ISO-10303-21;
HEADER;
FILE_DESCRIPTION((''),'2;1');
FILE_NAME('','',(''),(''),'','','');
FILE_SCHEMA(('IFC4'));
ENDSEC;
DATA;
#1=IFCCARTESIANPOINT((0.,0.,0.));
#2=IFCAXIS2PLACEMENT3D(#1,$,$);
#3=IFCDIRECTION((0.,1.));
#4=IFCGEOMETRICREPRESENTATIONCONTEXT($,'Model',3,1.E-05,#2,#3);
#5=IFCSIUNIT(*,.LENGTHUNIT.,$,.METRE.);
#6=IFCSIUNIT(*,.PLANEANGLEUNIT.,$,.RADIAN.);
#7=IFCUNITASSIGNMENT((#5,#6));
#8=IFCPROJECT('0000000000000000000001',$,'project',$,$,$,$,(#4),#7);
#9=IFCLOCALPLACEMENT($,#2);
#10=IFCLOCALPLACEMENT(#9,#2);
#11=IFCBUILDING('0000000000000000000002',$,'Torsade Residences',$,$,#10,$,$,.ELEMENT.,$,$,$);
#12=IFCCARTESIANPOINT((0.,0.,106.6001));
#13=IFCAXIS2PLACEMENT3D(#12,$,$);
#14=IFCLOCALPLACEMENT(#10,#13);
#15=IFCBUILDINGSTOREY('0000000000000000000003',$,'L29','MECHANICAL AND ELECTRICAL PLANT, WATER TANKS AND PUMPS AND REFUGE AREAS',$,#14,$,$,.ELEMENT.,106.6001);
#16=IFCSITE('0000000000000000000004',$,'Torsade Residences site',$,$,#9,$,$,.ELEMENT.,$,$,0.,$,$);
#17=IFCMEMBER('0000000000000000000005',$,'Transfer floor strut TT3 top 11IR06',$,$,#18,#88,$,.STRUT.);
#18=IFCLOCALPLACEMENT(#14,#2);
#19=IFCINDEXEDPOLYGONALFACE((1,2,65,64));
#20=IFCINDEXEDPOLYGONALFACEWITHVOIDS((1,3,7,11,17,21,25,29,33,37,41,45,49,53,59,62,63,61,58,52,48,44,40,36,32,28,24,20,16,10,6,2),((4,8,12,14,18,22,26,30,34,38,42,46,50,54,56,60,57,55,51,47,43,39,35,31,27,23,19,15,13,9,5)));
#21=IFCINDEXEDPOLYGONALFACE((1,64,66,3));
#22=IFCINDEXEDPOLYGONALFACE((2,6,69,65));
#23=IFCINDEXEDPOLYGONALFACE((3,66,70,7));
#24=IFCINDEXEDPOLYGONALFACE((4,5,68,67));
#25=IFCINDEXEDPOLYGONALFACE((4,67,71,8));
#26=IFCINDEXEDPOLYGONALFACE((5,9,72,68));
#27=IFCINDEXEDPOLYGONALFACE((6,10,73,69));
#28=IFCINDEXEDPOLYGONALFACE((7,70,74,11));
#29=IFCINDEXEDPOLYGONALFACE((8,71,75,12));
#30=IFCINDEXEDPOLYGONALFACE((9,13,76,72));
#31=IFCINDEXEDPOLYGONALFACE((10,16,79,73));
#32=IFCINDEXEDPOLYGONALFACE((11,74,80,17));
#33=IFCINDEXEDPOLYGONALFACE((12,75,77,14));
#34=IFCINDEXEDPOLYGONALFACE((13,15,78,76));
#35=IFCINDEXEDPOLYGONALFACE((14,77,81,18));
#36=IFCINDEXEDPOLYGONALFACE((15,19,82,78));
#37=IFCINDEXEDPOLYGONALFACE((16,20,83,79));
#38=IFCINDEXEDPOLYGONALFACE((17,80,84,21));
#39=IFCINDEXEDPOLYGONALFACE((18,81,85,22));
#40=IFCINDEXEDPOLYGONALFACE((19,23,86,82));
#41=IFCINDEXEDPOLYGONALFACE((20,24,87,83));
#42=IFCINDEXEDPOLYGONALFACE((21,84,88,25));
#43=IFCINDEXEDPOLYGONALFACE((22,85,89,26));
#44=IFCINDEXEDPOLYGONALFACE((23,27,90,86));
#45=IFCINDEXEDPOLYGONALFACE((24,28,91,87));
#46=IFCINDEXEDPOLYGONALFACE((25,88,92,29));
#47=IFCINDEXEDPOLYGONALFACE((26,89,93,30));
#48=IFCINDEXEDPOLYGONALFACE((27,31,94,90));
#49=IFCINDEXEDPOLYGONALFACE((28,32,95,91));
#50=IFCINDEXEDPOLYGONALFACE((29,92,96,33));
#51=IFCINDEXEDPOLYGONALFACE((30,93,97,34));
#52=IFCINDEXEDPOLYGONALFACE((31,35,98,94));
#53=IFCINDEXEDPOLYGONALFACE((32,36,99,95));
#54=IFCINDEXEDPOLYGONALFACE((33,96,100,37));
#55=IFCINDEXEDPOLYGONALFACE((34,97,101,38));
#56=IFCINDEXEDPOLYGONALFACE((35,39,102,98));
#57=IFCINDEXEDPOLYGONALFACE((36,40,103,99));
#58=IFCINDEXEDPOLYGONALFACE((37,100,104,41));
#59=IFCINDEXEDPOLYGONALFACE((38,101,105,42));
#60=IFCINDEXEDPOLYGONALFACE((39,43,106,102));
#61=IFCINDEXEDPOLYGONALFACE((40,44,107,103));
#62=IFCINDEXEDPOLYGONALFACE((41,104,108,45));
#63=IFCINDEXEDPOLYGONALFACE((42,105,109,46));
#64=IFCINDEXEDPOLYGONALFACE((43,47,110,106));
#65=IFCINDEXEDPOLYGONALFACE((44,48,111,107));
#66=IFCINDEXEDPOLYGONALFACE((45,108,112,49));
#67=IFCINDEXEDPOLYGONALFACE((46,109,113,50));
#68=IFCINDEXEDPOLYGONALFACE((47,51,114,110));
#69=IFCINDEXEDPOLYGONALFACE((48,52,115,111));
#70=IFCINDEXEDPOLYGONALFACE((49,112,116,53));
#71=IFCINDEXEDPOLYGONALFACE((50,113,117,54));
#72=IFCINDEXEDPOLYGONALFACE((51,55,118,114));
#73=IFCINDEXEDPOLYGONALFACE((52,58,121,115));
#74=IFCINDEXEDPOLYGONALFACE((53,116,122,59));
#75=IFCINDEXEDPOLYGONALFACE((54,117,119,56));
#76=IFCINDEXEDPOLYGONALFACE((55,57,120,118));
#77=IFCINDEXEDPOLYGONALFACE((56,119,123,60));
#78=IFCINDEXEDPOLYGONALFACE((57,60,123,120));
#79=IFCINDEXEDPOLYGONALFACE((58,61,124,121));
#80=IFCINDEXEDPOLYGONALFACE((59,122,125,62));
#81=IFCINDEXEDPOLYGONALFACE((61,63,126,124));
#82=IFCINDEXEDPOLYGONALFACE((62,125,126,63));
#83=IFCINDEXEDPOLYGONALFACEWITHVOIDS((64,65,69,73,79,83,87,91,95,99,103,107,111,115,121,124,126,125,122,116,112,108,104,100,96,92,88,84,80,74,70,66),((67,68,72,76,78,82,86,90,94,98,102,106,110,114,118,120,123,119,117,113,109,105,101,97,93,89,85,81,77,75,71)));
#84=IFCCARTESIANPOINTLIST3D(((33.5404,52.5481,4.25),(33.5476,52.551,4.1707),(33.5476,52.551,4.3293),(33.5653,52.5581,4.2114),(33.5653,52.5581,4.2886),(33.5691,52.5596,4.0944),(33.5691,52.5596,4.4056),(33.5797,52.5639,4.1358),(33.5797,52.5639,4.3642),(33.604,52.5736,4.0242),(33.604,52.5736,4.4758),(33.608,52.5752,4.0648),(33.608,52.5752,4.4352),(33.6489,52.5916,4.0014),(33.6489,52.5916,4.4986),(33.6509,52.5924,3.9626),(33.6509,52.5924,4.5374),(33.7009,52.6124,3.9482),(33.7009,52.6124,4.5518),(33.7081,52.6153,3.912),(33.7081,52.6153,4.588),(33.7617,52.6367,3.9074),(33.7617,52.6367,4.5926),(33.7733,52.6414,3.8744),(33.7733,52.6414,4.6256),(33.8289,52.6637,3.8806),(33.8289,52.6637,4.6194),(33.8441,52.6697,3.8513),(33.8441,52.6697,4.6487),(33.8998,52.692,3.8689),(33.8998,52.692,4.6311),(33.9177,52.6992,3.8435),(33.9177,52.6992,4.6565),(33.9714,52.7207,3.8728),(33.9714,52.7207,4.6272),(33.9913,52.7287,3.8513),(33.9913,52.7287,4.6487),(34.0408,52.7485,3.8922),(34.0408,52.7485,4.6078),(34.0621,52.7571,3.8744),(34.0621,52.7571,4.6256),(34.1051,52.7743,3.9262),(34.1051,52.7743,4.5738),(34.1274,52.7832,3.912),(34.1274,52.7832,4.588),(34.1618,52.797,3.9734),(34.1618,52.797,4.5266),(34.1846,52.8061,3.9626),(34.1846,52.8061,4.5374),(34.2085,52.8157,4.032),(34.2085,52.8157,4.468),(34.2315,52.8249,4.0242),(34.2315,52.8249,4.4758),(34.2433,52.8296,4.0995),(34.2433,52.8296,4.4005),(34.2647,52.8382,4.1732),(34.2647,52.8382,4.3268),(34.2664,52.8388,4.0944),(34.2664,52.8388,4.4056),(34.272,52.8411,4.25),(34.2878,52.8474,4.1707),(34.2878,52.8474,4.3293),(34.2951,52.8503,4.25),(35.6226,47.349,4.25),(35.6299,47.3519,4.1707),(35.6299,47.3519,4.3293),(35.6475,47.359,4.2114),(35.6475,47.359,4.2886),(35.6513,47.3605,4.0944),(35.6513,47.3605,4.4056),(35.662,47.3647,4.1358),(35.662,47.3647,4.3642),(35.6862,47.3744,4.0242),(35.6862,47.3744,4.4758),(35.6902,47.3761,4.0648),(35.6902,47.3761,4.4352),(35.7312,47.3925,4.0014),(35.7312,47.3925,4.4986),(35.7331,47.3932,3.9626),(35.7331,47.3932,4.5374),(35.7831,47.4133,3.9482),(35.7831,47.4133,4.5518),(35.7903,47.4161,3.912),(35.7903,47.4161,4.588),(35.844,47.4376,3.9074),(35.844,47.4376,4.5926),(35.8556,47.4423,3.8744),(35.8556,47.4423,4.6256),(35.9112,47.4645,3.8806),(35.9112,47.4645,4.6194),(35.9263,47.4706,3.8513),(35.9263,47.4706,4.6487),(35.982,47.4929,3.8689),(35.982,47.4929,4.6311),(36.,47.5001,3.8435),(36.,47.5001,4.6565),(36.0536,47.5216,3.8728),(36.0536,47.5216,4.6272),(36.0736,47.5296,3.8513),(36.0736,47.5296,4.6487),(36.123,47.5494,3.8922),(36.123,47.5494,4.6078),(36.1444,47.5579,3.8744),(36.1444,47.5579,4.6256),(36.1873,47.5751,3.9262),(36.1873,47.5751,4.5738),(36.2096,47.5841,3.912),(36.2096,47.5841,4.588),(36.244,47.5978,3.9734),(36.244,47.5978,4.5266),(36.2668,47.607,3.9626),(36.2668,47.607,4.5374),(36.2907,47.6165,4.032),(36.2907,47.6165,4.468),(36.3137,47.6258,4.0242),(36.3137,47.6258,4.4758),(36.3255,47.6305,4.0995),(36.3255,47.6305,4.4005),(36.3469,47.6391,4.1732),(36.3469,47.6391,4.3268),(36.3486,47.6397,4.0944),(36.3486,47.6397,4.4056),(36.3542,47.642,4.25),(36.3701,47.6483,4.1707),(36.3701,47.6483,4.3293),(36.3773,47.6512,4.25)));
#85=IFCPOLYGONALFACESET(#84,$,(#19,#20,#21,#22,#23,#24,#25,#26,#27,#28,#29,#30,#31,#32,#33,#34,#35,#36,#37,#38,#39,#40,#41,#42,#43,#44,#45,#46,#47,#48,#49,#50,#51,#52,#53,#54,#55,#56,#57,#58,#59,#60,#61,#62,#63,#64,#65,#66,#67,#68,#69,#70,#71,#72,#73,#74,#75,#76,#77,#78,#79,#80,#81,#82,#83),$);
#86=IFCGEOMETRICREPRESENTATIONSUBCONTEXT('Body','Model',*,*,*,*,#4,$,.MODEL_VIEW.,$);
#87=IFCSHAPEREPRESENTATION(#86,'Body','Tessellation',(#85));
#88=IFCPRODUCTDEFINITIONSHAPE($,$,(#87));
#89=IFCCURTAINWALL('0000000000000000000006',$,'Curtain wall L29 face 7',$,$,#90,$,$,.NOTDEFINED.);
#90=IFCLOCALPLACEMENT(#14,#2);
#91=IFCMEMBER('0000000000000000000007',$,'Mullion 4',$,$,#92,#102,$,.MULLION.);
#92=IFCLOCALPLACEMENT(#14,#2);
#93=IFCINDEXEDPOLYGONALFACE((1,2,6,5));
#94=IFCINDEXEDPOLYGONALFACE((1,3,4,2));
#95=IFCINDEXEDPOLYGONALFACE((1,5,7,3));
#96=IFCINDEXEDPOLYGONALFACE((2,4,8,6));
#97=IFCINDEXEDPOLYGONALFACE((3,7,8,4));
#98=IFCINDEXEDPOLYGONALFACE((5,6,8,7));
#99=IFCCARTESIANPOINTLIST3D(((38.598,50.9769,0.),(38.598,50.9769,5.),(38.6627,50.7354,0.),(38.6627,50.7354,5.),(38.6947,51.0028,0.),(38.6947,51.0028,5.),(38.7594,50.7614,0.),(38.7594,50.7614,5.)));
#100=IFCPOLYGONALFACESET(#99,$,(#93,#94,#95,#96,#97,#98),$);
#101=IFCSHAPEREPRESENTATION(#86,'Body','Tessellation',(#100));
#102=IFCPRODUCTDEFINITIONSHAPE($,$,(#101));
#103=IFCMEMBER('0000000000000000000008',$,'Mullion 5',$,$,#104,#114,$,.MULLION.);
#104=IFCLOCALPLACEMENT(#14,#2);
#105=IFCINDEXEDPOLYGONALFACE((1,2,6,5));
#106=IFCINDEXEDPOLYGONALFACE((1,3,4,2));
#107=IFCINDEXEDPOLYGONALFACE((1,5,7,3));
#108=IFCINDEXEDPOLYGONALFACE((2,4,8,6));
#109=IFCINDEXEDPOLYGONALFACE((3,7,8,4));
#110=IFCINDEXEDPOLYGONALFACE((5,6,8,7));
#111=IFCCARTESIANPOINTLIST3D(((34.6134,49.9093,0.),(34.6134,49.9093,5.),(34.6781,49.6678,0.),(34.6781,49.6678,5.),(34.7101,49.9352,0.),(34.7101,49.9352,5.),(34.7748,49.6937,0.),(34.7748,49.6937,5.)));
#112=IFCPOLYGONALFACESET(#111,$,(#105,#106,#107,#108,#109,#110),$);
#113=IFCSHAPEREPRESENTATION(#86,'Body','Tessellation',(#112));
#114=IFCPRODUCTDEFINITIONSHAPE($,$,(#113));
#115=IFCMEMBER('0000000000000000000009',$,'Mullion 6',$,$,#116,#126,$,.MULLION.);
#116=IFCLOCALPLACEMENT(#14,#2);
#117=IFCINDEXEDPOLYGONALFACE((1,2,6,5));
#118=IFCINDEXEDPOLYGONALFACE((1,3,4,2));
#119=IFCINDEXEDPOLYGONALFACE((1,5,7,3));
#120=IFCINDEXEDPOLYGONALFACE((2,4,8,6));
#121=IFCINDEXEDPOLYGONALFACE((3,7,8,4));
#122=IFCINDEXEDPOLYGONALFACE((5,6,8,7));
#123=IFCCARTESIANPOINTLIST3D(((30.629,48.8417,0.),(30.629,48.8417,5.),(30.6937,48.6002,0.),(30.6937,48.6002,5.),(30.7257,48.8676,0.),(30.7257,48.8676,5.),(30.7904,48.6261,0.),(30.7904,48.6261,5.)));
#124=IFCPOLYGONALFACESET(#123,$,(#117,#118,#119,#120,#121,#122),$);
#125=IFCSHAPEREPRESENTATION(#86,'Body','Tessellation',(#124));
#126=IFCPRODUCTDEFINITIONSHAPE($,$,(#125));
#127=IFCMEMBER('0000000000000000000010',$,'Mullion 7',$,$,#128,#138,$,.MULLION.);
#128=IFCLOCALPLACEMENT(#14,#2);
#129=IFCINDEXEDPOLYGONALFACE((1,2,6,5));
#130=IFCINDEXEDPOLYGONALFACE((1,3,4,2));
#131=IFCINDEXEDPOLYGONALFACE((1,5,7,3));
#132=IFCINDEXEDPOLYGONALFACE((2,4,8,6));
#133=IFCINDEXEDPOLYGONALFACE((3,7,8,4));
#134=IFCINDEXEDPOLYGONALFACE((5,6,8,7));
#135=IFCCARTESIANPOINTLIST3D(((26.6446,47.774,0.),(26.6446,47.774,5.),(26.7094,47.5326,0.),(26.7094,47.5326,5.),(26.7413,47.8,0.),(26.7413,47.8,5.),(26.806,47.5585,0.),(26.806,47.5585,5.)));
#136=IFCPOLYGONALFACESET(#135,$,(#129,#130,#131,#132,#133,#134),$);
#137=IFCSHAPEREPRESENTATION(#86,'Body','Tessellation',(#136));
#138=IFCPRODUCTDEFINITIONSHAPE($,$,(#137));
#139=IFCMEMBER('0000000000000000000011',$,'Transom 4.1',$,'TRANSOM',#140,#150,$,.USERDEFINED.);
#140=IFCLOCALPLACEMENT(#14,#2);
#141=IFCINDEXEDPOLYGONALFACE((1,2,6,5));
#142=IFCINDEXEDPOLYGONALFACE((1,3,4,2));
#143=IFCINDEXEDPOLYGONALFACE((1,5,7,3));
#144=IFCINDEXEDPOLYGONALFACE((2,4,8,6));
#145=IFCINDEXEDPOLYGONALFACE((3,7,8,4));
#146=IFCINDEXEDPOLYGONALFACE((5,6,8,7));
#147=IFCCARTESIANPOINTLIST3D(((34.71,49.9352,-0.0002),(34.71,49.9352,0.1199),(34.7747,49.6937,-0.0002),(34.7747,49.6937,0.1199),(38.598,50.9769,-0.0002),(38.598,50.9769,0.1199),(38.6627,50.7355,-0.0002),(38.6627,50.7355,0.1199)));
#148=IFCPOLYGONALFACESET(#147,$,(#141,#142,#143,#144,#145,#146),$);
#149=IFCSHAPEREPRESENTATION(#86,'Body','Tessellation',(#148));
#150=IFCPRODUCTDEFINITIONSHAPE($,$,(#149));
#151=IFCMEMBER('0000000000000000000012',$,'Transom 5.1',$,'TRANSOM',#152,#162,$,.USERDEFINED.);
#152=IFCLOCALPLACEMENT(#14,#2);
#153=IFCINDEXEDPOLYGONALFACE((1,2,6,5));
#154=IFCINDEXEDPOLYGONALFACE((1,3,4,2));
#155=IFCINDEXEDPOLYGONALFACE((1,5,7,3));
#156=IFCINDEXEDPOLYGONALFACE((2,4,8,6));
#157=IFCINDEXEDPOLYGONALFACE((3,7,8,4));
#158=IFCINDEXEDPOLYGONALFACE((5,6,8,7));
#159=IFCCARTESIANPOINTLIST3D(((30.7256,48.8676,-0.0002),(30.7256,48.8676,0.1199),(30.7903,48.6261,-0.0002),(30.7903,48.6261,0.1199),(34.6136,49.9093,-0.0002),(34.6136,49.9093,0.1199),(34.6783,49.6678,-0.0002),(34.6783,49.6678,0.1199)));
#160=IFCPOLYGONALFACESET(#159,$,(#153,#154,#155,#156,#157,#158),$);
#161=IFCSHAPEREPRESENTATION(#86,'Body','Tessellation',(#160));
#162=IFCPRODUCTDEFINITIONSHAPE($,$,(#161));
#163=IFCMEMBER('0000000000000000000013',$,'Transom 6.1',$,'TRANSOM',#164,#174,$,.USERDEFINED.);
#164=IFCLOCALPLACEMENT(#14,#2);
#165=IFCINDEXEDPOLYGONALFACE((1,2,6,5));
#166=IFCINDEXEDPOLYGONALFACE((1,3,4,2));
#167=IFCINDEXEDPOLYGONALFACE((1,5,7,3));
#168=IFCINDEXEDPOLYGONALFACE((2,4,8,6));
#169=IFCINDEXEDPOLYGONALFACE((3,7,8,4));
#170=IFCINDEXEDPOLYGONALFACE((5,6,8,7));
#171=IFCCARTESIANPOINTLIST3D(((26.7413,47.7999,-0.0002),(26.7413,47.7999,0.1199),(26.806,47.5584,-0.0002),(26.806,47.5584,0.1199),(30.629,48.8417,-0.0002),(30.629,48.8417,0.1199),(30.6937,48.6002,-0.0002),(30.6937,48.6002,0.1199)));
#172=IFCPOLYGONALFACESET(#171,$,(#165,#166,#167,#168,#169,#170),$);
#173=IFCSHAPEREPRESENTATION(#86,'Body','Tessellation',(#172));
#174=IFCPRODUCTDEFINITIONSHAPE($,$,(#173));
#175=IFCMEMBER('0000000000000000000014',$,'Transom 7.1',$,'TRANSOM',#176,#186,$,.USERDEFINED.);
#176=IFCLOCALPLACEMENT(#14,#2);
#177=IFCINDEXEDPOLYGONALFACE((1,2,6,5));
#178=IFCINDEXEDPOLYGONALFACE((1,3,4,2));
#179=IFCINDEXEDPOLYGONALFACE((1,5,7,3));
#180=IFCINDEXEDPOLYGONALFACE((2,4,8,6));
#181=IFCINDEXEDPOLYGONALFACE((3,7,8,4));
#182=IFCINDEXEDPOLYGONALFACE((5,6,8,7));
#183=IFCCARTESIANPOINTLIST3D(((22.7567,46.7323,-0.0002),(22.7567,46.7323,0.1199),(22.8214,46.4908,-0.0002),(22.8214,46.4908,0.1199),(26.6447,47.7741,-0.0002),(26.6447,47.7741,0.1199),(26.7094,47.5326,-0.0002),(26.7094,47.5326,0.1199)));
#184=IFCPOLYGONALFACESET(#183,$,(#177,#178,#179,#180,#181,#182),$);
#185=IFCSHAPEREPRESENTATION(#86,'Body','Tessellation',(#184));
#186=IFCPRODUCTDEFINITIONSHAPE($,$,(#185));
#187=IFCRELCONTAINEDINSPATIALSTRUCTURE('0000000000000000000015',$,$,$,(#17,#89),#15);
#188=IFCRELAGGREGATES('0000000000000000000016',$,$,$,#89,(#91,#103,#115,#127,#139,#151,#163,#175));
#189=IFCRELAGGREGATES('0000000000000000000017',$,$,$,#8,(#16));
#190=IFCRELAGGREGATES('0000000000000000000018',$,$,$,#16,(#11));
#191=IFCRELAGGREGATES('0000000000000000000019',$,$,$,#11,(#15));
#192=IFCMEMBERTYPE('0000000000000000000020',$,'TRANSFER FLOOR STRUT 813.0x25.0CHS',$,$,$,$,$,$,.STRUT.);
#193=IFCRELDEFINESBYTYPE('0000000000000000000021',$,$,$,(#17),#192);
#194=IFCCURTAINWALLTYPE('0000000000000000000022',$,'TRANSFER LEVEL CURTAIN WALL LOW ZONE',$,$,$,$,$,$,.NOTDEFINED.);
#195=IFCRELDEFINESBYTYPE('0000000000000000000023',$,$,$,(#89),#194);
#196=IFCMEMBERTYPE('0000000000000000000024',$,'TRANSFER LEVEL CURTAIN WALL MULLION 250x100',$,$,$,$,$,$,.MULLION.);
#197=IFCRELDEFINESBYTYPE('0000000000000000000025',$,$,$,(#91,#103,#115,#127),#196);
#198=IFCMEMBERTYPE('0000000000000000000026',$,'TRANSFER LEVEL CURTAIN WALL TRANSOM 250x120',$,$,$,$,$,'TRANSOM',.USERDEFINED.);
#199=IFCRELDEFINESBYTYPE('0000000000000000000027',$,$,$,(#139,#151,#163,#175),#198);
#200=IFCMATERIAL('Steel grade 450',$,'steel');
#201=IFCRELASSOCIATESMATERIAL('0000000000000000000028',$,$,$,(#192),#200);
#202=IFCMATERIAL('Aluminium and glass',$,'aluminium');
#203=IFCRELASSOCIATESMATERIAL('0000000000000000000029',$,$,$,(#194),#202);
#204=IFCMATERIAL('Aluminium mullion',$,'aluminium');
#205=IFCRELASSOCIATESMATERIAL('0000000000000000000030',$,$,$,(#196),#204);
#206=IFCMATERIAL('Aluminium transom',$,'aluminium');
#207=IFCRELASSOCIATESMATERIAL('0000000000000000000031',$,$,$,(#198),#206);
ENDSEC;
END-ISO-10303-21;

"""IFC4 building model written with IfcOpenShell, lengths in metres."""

from ifc_helpers import new_model, si_unit, direction, frame, origin, origin_2d, place, context, subcontext, project, spatial, rectangle, hollow_circle, extrude, material, material_profile, profile_set, type_object, element, aggregate, save


model = new_model("IFC4")

# Units and contexts
model_context = context("Model", 3, precision=1e-05, world=origin(), true_north=direction((0.0, 1.0)))
body_context = subcontext(model_context, "Body", "Model", "MODEL_VIEW")
ifc_project = project(units=[si_unit("LENGTHUNIT", "METRE"), si_unit("PLANEANGLEUNIT", "RADIAN")], contexts=[model_context])

# Site, building, storey
site_placement = place(None, origin())
site = spatial("IfcSite", under=ifc_project, at=site_placement, Name="Torsade Residences site", CompositionType="ELEMENT", RefElevation=0.0)
building_placement = place(site_placement, origin())
building = spatial("IfcBuilding", under=site, at=building_placement, Name="Torsade Residences", CompositionType="ELEMENT")
storey_placement = place(building_placement, frame((0.0, 0.0, 106.6001)))
storey = spatial("IfcBuildingStorey", under=building, at=storey_placement, Name="L29", Description="MECHANICAL AND ELECTRICAL PLANT, WATER TANKS AND PUMPS AND REFUGE AREAS", CompositionType="ELEMENT", Elevation=106.6001)

# Member
ifc_material_1 = material(Name="Steel grade 450", Category="steel")
ifc_material_profile_1 = material_profile(ifc_material_1, hollow_circle(Radius=0.4065, WallThickness=0.0249, at=origin_2d()), Name="813.0x25.0CHS")
ifc_profile_set_1 = profile_set([ifc_material_profile_1], Name="Steel grade 450")
member_type_1 = type_object("IfcMemberType", Name="TRANSFER FLOOR STRUT 813.0x25.0CHS", PredefinedType="STRUT", material=ifc_profile_set_1)
member_1_placement = place(storey_placement, frame((33.9177, 52.6992, 4.25), z_axis=(0.371789, -0.928317, 0.0), x_axis=(0.928317, 0.371789, 0.0)))
element("IfcMember", 1, at=member_1_placement, inside=storey, type_object=member_type_1, Name="Transfer floor strut TT3 top 11IR06", PredefinedType="STRUT", context=body_context, shape_type="SweptSolid", body=[
    extrude(hollow_circle(Radius=0.4065, WallThickness=0.0249, at=origin_2d()), origin(), (0.0, 0.0, 1.0), 5.6006),
])

# Curtain wall, members
ifc_material_2 = material(Name="Aluminium and glass", Category="aluminium")
curtain_wall_type = type_object("IfcCurtainWallType", Name="TRANSFER LEVEL CURTAIN WALL LOW ZONE", PredefinedType="NOTDEFINED", material=ifc_material_2)
curtain_wall_placement = place(storey_placement, origin())
curtain_wall = element("IfcCurtainWall", 2, at=curtain_wall_placement, inside=storey, type_object=curtain_wall_type, Name="Curtain wall L29 face 7", PredefinedType="NOTDEFINED")
ifc_material_3 = material(Name="Aluminium mullion", Category="aluminium")
ifc_material_profile_2 = material_profile(ifc_material_3, rectangle(XDim=0.25, YDim=0.1001, at=origin_2d()), Name="TRANSFER LEVEL CURTAIN WALL MULLION 250x100")
ifc_profile_set_2 = profile_set([ifc_material_profile_2], Name="Aluminium mullion")
member_type_2 = type_object("IfcMemberType", Name="TRANSFER LEVEL CURTAIN WALL MULLION 250x100", PredefinedType="MULLION", material=ifc_profile_set_2)
member_2_placement = place(storey_placement, frame((38.6787, 50.8691, 0.0), z_axis=(0.0, 0.0, 1.0), x_axis=(0.258819, -0.965926, 0.0)))
member_2 = element("IfcMember", 3, at=member_2_placement, type_object=member_type_2, Name="Mullion 4", PredefinedType="MULLION", context=body_context, shape_type="SweptSolid", body=[
    extrude(rectangle(XDim=0.25, YDim=0.1001, at=origin_2d()), origin(), (0.0, 0.0, 1.0), 5.0),
])
member_3_placement = place(storey_placement, frame((34.6941, 49.8015, 0.0), z_axis=(0.0, 0.0, 1.0), x_axis=(0.258819, -0.965926, 0.0)))
member_3 = element("IfcMember", 4, at=member_3_placement, type_object=member_type_2, Name="Mullion 5", PredefinedType="MULLION", context=body_context, shape_type="SweptSolid", body=[
    extrude(rectangle(XDim=0.25, YDim=0.1001, at=origin_2d()), origin(), (0.0, 0.0, 1.0), 5.0),
])
member_4_placement = place(storey_placement, frame((30.7097, 48.7339, 0.0), z_axis=(0.0, 0.0, 1.0), x_axis=(0.258819, -0.965926, 0.0)))
member_4 = element("IfcMember", 5, at=member_4_placement, type_object=member_type_2, Name="Mullion 6", PredefinedType="MULLION", context=body_context, shape_type="SweptSolid", body=[
    extrude(rectangle(XDim=0.25, YDim=0.1001, at=origin_2d()), origin(), (0.0, 0.0, 1.0), 5.0),
])
member_5_placement = place(storey_placement, frame((26.7253, 47.6663, 0.0), z_axis=(0.0, 0.0, 1.0), x_axis=(0.258819, -0.965926, 0.0)))
member_5 = element("IfcMember", 6, at=member_5_placement, type_object=member_type_2, Name="Mullion 7", PredefinedType="MULLION", context=body_context, shape_type="SweptSolid", body=[
    extrude(rectangle(XDim=0.25, YDim=0.1001, at=origin_2d()), origin(), (0.0, 0.0, 1.0), 5.0),
])
ifc_material_4 = material(Name="Aluminium transom", Category="aluminium")
ifc_material_profile_3 = material_profile(ifc_material_4, rectangle(XDim=0.25, YDim=0.1201, at=origin_2d()), Name="TRANSFER LEVEL CURTAIN WALL TRANSOM 250x120")
ifc_profile_set_3 = profile_set([ifc_material_profile_3], Name="Aluminium transom")
member_type_3 = type_object("IfcMemberType", Name="TRANSFER LEVEL CURTAIN WALL TRANSOM 250x120", ElementType="TRANSOM", PredefinedType="USERDEFINED", material=ifc_profile_set_3)
member_6_placement = place(storey_placement, frame((38.6304, 50.8562, 0.0598), z_axis=(-0.965927, -0.258814, 0.0), x_axis=(0.258814, -0.965927, 0.0)))
member_6 = element("IfcMember", 7, at=member_6_placement, type_object=member_type_3, Name="Transom 4.1", ObjectType="TRANSOM", PredefinedType="USERDEFINED", context=body_context, shape_type="SweptSolid", body=[
    extrude(rectangle(XDim=0.25, YDim=0.1201, at=origin_2d()), origin(), (0.0, 0.0, 1.0), 4.0251),
])
member_7_placement = place(storey_placement, frame((34.646, 49.7886, 0.0598), z_axis=(-0.965927, -0.258814, 0.0), x_axis=(0.258814, -0.965927, 0.0)))
member_7 = element("IfcMember", 8, at=member_7_placement, type_object=member_type_3, Name="Transom 5.1", ObjectType="TRANSOM", PredefinedType="USERDEFINED", context=body_context, shape_type="SweptSolid", body=[
    extrude(rectangle(XDim=0.25, YDim=0.1201, at=origin_2d()), origin(), (0.0, 0.0, 1.0), 4.0251),
])
member_8_placement = place(storey_placement, frame((30.6614, 48.7209, 0.0598), z_axis=(-0.965923, -0.258829, 0.0), x_axis=(0.258829, -0.965923, 0.0)))
member_8 = element("IfcMember", 9, at=member_8_placement, type_object=member_type_3, Name="Transom 6.1", ObjectType="TRANSOM", PredefinedType="USERDEFINED", context=body_context, shape_type="SweptSolid", body=[
    extrude(rectangle(XDim=0.25, YDim=0.1201, at=origin_2d()), origin(), (0.0, 0.0, 1.0), 4.0249),
])
member_9_placement = place(storey_placement, frame((26.677, 47.6533, 0.0598), z_axis=(-0.965927, -0.258814, 0.0), x_axis=(0.258814, -0.965927, 0.0)))
member_9 = element("IfcMember", 10, at=member_9_placement, type_object=member_type_3, Name="Transom 7.1", ObjectType="TRANSOM", PredefinedType="USERDEFINED", context=body_context, shape_type="SweptSolid", body=[
    extrude(rectangle(XDim=0.25, YDim=0.1201, at=origin_2d()), origin(), (0.0, 0.0, 1.0), 4.0251),
])

aggregate(curtain_wall, [member_2, member_3, member_4, member_5, member_6, member_7, member_8, member_9])

save(model, "model.ifc")
